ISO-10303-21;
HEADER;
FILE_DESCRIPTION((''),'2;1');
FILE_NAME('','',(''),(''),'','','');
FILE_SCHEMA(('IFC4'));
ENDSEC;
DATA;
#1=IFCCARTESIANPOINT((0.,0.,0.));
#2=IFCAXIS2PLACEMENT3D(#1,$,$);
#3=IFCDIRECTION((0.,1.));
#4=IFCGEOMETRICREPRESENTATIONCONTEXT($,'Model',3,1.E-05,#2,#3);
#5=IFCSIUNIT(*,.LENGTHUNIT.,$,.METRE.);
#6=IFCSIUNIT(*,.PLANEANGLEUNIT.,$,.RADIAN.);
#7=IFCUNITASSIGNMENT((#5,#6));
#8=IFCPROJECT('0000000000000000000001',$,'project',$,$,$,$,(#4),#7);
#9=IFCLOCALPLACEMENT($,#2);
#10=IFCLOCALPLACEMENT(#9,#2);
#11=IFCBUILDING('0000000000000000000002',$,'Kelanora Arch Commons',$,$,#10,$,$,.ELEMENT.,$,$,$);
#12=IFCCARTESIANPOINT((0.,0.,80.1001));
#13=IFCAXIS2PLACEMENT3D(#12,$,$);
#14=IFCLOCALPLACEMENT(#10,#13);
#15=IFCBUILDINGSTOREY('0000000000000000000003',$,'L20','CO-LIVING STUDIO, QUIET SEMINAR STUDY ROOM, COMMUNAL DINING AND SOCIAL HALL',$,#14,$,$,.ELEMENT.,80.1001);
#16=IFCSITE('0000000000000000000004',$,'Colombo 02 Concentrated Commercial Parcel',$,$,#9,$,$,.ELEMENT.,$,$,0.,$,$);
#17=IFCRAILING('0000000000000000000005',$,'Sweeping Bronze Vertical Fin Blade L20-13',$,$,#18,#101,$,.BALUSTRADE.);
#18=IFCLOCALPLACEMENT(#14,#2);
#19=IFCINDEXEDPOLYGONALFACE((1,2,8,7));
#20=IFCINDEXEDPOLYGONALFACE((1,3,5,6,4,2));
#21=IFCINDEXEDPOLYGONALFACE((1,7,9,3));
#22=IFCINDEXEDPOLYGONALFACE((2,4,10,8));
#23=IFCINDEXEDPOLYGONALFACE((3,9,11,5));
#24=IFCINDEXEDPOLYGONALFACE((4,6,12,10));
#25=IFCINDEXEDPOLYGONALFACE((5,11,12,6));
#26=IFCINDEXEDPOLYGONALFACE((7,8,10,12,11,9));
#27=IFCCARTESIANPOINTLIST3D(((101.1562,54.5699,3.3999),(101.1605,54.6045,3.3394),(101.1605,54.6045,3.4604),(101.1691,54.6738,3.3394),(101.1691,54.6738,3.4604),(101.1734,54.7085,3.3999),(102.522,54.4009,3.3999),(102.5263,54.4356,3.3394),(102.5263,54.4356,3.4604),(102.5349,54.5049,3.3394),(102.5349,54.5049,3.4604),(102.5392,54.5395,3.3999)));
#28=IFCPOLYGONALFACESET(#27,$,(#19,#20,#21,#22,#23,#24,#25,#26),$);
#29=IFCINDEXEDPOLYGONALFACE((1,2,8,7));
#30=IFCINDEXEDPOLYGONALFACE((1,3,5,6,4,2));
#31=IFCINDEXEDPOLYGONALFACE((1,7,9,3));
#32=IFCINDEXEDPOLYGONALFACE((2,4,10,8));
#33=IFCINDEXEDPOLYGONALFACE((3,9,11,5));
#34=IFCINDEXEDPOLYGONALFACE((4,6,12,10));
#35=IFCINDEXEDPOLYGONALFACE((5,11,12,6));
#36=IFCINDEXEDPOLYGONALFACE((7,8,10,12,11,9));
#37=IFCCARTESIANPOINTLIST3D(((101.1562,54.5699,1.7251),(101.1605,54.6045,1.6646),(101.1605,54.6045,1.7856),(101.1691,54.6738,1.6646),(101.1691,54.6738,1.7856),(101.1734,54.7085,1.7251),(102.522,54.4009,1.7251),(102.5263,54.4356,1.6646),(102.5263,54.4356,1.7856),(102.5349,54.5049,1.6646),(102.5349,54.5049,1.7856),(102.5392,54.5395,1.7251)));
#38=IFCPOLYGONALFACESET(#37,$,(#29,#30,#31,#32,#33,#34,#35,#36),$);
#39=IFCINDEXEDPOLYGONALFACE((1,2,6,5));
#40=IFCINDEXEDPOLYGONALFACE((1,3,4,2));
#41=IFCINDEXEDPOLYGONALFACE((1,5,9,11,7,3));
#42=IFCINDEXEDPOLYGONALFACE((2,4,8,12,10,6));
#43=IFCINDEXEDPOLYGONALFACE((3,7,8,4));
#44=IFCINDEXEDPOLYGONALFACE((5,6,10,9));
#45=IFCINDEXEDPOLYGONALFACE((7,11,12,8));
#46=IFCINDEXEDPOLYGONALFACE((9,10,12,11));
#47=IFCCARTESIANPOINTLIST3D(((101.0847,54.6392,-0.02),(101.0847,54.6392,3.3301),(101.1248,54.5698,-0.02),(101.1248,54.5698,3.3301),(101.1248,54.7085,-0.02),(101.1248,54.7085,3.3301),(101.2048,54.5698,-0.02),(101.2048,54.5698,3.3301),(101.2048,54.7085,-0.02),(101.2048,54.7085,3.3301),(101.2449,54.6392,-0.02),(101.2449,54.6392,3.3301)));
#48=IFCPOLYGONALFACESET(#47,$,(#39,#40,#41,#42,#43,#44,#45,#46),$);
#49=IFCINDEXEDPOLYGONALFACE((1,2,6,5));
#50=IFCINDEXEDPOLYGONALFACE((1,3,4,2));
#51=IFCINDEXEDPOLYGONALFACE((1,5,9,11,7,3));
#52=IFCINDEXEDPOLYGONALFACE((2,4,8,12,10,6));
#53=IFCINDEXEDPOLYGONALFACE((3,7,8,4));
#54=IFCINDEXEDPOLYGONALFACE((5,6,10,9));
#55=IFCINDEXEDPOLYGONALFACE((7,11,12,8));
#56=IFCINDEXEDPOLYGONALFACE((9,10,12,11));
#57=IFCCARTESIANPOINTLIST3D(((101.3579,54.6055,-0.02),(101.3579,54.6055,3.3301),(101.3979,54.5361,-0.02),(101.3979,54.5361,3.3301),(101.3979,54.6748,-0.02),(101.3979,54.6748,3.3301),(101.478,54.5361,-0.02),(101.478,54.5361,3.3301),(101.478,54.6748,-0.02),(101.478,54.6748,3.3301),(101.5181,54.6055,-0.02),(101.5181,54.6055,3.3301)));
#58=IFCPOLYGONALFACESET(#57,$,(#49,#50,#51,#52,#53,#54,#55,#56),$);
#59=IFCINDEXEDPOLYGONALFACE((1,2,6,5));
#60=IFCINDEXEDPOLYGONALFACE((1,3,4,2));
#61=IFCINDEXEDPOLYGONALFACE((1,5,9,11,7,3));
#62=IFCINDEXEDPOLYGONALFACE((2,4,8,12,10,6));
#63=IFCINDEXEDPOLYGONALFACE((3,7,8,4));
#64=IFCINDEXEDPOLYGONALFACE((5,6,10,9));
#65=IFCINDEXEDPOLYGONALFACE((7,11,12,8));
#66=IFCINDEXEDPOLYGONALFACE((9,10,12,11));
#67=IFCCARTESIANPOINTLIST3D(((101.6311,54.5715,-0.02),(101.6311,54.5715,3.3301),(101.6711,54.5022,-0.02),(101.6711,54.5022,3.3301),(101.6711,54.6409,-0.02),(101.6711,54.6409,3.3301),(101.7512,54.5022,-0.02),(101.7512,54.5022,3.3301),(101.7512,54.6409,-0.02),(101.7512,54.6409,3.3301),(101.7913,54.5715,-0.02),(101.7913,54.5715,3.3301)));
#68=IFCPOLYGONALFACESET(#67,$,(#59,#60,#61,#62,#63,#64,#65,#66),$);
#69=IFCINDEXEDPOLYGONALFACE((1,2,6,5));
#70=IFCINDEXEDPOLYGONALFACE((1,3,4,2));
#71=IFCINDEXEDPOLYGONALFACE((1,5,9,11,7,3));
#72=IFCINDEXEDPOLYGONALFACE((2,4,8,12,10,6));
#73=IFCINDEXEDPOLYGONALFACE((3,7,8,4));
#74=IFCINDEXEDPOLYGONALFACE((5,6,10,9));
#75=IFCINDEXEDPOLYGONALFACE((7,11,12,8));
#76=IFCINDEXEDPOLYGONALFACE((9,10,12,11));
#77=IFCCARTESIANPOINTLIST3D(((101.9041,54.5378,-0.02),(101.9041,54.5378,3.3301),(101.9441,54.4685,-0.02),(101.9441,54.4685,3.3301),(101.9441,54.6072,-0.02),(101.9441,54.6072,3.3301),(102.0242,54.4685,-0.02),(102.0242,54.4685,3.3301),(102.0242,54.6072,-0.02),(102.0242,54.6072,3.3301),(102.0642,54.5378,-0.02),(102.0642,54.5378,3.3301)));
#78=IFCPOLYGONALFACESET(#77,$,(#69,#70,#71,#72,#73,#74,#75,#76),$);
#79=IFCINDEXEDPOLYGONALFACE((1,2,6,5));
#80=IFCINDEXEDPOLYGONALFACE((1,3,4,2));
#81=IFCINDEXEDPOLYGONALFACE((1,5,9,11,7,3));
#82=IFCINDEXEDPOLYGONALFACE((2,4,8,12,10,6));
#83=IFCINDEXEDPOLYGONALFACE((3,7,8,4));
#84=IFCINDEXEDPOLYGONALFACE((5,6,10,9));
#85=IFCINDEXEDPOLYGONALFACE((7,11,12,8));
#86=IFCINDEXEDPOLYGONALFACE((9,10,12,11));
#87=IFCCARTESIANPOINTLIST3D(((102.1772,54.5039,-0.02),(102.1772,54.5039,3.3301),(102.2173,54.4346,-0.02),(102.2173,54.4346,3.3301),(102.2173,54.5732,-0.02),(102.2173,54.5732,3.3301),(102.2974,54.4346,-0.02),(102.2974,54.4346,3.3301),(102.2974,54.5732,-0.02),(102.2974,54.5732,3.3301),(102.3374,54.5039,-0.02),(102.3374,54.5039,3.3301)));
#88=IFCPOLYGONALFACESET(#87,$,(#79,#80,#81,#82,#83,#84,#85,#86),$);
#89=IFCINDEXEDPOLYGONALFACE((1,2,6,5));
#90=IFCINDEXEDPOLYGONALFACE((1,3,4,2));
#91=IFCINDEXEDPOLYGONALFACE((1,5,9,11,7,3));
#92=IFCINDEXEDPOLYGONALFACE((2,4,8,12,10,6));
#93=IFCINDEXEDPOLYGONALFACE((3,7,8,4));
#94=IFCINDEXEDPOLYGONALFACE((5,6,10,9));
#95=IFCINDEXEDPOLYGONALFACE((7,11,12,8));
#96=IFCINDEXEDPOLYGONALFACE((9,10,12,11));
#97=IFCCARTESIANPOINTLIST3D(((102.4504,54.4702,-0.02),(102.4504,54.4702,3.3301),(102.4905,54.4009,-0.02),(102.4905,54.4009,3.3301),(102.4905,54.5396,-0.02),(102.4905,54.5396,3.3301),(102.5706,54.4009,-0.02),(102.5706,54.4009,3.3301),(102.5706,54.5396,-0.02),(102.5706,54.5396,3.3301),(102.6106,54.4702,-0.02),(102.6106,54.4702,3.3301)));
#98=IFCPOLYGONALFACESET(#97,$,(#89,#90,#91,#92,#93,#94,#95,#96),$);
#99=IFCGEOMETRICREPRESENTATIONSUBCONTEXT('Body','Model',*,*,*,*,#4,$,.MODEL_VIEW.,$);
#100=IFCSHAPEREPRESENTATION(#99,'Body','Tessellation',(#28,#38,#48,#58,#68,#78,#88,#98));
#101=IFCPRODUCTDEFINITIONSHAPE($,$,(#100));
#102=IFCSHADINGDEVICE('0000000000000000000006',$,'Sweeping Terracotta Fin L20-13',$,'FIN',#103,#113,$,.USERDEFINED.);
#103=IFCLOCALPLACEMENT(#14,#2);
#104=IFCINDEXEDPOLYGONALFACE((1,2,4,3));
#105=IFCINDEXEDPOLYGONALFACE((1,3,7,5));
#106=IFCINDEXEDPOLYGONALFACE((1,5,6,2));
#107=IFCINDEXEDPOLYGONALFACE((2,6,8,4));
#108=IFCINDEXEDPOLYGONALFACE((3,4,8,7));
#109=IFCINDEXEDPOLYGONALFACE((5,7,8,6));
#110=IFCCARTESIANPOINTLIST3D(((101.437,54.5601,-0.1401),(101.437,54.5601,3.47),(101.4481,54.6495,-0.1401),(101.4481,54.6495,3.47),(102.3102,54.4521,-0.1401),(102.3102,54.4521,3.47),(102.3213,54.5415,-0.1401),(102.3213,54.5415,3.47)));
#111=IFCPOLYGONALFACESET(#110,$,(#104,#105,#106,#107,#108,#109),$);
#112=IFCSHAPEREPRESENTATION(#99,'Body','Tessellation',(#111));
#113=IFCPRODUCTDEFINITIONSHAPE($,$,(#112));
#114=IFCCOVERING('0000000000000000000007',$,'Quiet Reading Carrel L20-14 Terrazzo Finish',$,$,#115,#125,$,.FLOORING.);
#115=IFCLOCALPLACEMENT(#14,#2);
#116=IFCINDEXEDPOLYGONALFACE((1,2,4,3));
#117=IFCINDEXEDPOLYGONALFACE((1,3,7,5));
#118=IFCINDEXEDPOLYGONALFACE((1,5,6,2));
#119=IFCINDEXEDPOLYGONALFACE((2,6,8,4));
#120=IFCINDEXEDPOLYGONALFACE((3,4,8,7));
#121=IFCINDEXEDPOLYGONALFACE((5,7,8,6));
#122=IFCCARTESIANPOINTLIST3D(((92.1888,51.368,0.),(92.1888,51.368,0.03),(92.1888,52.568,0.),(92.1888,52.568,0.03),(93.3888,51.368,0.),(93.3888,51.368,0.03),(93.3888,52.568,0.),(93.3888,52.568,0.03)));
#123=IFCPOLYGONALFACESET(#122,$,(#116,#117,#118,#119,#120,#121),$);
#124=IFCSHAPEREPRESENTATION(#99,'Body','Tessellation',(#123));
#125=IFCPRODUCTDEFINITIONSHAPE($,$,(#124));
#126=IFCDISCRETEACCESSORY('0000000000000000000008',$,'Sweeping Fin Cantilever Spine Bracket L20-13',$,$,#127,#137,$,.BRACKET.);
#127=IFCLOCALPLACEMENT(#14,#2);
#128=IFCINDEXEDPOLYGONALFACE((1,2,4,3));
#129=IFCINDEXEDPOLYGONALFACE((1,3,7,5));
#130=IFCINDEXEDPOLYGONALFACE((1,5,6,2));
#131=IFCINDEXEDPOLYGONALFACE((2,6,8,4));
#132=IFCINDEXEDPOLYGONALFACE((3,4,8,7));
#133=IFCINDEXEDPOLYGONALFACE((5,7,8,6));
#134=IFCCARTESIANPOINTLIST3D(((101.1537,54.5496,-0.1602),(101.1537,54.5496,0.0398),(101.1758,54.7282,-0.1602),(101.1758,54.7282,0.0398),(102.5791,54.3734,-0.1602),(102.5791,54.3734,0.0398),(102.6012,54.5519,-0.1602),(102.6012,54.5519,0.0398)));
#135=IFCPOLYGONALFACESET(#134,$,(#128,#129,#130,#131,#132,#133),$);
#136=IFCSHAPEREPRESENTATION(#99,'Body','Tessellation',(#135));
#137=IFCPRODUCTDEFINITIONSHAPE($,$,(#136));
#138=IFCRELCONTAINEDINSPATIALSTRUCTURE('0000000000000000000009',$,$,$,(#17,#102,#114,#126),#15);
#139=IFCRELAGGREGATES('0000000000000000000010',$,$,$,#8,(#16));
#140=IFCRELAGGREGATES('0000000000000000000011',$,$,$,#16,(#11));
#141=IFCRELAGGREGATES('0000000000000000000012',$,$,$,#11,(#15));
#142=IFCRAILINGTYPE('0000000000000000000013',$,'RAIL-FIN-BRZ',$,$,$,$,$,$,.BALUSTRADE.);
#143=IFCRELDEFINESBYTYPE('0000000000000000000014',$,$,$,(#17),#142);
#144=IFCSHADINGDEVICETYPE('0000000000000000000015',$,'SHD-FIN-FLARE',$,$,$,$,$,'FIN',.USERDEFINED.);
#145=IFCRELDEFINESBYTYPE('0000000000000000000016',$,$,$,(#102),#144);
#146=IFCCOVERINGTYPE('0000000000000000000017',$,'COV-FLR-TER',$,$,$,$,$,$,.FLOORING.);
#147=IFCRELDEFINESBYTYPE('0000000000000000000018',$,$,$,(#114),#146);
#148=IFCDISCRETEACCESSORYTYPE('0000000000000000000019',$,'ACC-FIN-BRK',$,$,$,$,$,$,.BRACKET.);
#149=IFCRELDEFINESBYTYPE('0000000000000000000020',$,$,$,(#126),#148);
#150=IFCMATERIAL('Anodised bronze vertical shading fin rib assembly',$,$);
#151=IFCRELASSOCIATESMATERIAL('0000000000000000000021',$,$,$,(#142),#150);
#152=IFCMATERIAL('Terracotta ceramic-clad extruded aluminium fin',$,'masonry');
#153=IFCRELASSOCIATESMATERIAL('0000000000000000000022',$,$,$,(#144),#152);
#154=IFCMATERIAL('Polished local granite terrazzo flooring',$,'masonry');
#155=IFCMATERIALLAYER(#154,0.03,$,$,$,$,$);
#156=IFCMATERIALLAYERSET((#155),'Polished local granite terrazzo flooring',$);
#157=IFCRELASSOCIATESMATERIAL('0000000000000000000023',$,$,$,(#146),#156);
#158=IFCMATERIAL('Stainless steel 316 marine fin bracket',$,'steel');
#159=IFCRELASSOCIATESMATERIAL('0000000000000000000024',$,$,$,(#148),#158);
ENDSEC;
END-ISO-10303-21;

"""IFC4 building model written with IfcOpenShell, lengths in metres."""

from ifc_helpers import new_model, si_unit, direction, frame, origin, origin_2d, place, context, subcontext, project, spatial, polyline, rectangle, outline, extrude, source, transform, mapped, material, layer, layer_set, type_object, element, save


model = new_model("IFC4")

# Units and contexts
model_context = context("Model", 3, precision=1e-05, world=origin(), true_north=direction((0.0, 1.0)))
body_context = subcontext(model_context, "Body", "Model", "MODEL_VIEW")
ifc_project = project(units=[si_unit("LENGTHUNIT", "METRE"), si_unit("PLANEANGLEUNIT", "RADIAN")], contexts=[model_context])

# Site, building, storey
site_placement = place(None, origin())
site = spatial("IfcSite", under=ifc_project, at=site_placement, Name="Colombo 02 Concentrated Commercial Parcel", CompositionType="ELEMENT", RefElevation=0.0)
building_placement = place(site_placement, origin())
building = spatial("IfcBuilding", under=site, at=building_placement, Name="Kelanora Arch Commons", CompositionType="ELEMENT")
storey_placement = place(building_placement, frame((0.0, 0.0, 80.1001)))
storey = spatial("IfcBuildingStorey", under=building, at=storey_placement, Name="L20", Description="CO-LIVING STUDIO, QUIET SEMINAR STUDY ROOM, COMMUNAL DINING AND SOCIAL HALL", CompositionType="ELEMENT", Elevation=80.1001)

# Railing
ifc_material_1 = material(Name="Anodised bronze vertical shading fin rib assembly")
railing_type_1 = type_object("IfcRailingType", Name="RAIL-FIN-BRZ", PredefinedType="BALUSTRADE", material=ifc_material_1)
railing_1_placement = place(storey_placement, frame((101.1648, 54.6392, -0.02)))
element("IfcRailing", 1, at=railing_1_placement, inside=storey, type_object=railing_type_1, Name="Sweeping Bronze Vertical Fin Blade L20-13", PredefinedType="BALUSTRADE", context=body_context, shape_type="SweptSolid", body=[
    extrude(outline(polyline([(0.0698, 0.0), (0.0349, 0.0605), (-0.0349, 0.0605), (-0.0698, 0.0), (-0.0349, -0.0605), (0.0349, -0.0605), (0.0698, 0.0)])), frame((0.0, 0.0, 3.4199), z_axis=(0.992435, -0.122768, 0.0), x_axis=(0.122768, 0.992435, 0.0)), (0.0, 0.0, 1.0), 1.3762),
    extrude(outline(polyline([(0.0698, 0.0), (0.0349, 0.0605), (-0.0349, 0.0605), (-0.0698, 0.0), (-0.0349, -0.0605), (0.0349, -0.0605), (0.0698, 0.0)])), frame((0.0, 0.0, 1.7451), z_axis=(0.992435, -0.122768, 0.0), x_axis=(0.122768, 0.992435, 0.0)), (0.0, 0.0, 1.0), 1.3762),
    extrude(outline(polyline([(0.0801, 0.0), (0.04, 0.0693), (-0.04, 0.0693), (-0.0801, 0.0), (-0.04, -0.0693), (0.04, -0.0693), (0.0801, 0.0)])), origin(), (0.0, 0.0, 1.0), 3.3501),
    extrude(outline(polyline([(0.0801, 0.0), (0.04, 0.0693), (-0.04, 0.0693), (-0.0801, 0.0), (-0.04, -0.0693), (0.04, -0.0693), (0.0801, 0.0)])), frame((0.2732, -0.0337, 0.0)), (0.0, 0.0, 1.0), 3.3501),
    extrude(outline(polyline([(0.0801, 0.0), (0.04, 0.0693), (-0.04, 0.0693), (-0.0801, 0.0), (-0.04, -0.0693), (0.04, -0.0693), (0.0801, 0.0)])), frame((0.5464, -0.0676, 0.0)), (0.0, 0.0, 1.0), 3.3501),
    extrude(outline(polyline([(0.0801, 0.0), (0.04, 0.0693), (-0.04, 0.0693), (-0.0801, 0.0), (-0.04, -0.0693), (0.04, -0.0693), (0.0801, 0.0)])), frame((0.8193, -0.1013, 0.0)), (0.0, 0.0, 1.0), 3.3501),
    extrude(outline(polyline([(0.0801, 0.0), (0.04, 0.0693), (-0.04, 0.0693), (-0.0801, 0.0), (-0.04, -0.0693), (0.04, -0.0693), (0.0801, 0.0)])), frame((1.0925, -0.1353, 0.0)), (0.0, 0.0, 1.0), 3.3501),
    extrude(outline(polyline([(0.0801, 0.0), (0.04, 0.0693), (-0.04, 0.0693), (-0.0801, 0.0), (-0.04, -0.0693), (0.04, -0.0693), (0.0801, 0.0)])), frame((1.3657, -0.1689, 0.0)), (0.0, 0.0, 1.0), 3.3501),
])

# Shading device
ifc_material_2 = material(Name="Terracotta ceramic-clad extruded aluminium fin", Category="masonry")
shading_device_type = type_object("IfcShadingDeviceType", Name="SHD-FIN-FLARE", ElementType="FIN", PredefinedType="USERDEFINED", material=ifc_material_2)
shared_shape_1 = source(origin(), body_context, "Body", "SweptSolid", [
    extrude(rectangle(XDim=0.8799, YDim=0.0901, at=origin_2d()), origin(), (0.0, 0.0, 1.0), 3.6101),
])
shading_device_placement = place(storey_placement, frame((101.8792, 54.5508, -0.1401), z_axis=(0.0, 0.0, 1.0), x_axis=(0.992439, -0.122735, 0.0)))
element("IfcShadingDevice", 2, at=shading_device_placement, inside=storey, type_object=shading_device_type, Name="Sweeping Terracotta Fin L20-13", ObjectType="FIN", PredefinedType="USERDEFINED", context=body_context, shape_type="MappedRepresentation", body=[
    mapped(shared_shape_1, transform((0.0, 0.0, 0.0), scale=1.0)),
])

# Covering
ifc_material_3 = material(Name="Polished local granite terrazzo flooring", Category="masonry")
ifc_layer_1 = layer(ifc_material_3, 0.03)
ifc_layer_set_1 = layer_set([ifc_layer_1], Name="Polished local granite terrazzo flooring")
covering_type = type_object("IfcCoveringType", Name="COV-FLR-TER", PredefinedType="FLOORING", material=ifc_layer_set_1)
shared_shape_2 = source(origin(), body_context, "Body", "SweptSolid", [
    extrude(rectangle(XDim=1.2, YDim=1.2, at=origin_2d()), origin(), (0.0, 0.0, 1.0), 0.03),
])
covering_placement = place(storey_placement, frame((92.7888, 51.968, 0.0), z_axis=(0.0, 0.0, 1.0), x_axis=(1.0, 0.0, 0.0)))
element("IfcCovering", 3, at=covering_placement, inside=storey, type_object=covering_type, Name="Quiet Reading Carrel L20-14 Terrazzo Finish", PredefinedType="FLOORING", context=body_context, shape_type="MappedRepresentation", body=[
    mapped(shared_shape_2, transform((0.0, 0.0, 0.0), scale=1.0)),
])

# Discrete accessory
ifc_material_4 = material(Name="Stainless steel 316 marine fin bracket", Category="steel")
discrete_accessory_type = type_object("IfcDiscreteAccessoryType", Name="ACC-FIN-BRK", PredefinedType="BRACKET", material=ifc_material_4)
shared_shape_3 = source(origin(), body_context, "Body", "SweptSolid", [
    extrude(rectangle(XDim=1.4363, YDim=0.1799, at=origin_2d()), origin(), (0.0, 0.0, 1.0), 0.2),
])
discrete_accessory_placement = place(storey_placement, frame((101.8774, 54.5508, -0.1602), z_axis=(0.0, 0.0, 1.0), x_axis=(0.992439, -0.122735, 0.0)))
element("IfcDiscreteAccessory", 4, at=discrete_accessory_placement, inside=storey, type_object=discrete_accessory_type, Name="Sweeping Fin Cantilever Spine Bracket L20-13", PredefinedType="BRACKET", context=body_context, shape_type="MappedRepresentation", body=[
    mapped(shared_shape_3, transform((0.0, 0.0, 0.0), scale=1.0)),
])

save(model, "model.ifc")
